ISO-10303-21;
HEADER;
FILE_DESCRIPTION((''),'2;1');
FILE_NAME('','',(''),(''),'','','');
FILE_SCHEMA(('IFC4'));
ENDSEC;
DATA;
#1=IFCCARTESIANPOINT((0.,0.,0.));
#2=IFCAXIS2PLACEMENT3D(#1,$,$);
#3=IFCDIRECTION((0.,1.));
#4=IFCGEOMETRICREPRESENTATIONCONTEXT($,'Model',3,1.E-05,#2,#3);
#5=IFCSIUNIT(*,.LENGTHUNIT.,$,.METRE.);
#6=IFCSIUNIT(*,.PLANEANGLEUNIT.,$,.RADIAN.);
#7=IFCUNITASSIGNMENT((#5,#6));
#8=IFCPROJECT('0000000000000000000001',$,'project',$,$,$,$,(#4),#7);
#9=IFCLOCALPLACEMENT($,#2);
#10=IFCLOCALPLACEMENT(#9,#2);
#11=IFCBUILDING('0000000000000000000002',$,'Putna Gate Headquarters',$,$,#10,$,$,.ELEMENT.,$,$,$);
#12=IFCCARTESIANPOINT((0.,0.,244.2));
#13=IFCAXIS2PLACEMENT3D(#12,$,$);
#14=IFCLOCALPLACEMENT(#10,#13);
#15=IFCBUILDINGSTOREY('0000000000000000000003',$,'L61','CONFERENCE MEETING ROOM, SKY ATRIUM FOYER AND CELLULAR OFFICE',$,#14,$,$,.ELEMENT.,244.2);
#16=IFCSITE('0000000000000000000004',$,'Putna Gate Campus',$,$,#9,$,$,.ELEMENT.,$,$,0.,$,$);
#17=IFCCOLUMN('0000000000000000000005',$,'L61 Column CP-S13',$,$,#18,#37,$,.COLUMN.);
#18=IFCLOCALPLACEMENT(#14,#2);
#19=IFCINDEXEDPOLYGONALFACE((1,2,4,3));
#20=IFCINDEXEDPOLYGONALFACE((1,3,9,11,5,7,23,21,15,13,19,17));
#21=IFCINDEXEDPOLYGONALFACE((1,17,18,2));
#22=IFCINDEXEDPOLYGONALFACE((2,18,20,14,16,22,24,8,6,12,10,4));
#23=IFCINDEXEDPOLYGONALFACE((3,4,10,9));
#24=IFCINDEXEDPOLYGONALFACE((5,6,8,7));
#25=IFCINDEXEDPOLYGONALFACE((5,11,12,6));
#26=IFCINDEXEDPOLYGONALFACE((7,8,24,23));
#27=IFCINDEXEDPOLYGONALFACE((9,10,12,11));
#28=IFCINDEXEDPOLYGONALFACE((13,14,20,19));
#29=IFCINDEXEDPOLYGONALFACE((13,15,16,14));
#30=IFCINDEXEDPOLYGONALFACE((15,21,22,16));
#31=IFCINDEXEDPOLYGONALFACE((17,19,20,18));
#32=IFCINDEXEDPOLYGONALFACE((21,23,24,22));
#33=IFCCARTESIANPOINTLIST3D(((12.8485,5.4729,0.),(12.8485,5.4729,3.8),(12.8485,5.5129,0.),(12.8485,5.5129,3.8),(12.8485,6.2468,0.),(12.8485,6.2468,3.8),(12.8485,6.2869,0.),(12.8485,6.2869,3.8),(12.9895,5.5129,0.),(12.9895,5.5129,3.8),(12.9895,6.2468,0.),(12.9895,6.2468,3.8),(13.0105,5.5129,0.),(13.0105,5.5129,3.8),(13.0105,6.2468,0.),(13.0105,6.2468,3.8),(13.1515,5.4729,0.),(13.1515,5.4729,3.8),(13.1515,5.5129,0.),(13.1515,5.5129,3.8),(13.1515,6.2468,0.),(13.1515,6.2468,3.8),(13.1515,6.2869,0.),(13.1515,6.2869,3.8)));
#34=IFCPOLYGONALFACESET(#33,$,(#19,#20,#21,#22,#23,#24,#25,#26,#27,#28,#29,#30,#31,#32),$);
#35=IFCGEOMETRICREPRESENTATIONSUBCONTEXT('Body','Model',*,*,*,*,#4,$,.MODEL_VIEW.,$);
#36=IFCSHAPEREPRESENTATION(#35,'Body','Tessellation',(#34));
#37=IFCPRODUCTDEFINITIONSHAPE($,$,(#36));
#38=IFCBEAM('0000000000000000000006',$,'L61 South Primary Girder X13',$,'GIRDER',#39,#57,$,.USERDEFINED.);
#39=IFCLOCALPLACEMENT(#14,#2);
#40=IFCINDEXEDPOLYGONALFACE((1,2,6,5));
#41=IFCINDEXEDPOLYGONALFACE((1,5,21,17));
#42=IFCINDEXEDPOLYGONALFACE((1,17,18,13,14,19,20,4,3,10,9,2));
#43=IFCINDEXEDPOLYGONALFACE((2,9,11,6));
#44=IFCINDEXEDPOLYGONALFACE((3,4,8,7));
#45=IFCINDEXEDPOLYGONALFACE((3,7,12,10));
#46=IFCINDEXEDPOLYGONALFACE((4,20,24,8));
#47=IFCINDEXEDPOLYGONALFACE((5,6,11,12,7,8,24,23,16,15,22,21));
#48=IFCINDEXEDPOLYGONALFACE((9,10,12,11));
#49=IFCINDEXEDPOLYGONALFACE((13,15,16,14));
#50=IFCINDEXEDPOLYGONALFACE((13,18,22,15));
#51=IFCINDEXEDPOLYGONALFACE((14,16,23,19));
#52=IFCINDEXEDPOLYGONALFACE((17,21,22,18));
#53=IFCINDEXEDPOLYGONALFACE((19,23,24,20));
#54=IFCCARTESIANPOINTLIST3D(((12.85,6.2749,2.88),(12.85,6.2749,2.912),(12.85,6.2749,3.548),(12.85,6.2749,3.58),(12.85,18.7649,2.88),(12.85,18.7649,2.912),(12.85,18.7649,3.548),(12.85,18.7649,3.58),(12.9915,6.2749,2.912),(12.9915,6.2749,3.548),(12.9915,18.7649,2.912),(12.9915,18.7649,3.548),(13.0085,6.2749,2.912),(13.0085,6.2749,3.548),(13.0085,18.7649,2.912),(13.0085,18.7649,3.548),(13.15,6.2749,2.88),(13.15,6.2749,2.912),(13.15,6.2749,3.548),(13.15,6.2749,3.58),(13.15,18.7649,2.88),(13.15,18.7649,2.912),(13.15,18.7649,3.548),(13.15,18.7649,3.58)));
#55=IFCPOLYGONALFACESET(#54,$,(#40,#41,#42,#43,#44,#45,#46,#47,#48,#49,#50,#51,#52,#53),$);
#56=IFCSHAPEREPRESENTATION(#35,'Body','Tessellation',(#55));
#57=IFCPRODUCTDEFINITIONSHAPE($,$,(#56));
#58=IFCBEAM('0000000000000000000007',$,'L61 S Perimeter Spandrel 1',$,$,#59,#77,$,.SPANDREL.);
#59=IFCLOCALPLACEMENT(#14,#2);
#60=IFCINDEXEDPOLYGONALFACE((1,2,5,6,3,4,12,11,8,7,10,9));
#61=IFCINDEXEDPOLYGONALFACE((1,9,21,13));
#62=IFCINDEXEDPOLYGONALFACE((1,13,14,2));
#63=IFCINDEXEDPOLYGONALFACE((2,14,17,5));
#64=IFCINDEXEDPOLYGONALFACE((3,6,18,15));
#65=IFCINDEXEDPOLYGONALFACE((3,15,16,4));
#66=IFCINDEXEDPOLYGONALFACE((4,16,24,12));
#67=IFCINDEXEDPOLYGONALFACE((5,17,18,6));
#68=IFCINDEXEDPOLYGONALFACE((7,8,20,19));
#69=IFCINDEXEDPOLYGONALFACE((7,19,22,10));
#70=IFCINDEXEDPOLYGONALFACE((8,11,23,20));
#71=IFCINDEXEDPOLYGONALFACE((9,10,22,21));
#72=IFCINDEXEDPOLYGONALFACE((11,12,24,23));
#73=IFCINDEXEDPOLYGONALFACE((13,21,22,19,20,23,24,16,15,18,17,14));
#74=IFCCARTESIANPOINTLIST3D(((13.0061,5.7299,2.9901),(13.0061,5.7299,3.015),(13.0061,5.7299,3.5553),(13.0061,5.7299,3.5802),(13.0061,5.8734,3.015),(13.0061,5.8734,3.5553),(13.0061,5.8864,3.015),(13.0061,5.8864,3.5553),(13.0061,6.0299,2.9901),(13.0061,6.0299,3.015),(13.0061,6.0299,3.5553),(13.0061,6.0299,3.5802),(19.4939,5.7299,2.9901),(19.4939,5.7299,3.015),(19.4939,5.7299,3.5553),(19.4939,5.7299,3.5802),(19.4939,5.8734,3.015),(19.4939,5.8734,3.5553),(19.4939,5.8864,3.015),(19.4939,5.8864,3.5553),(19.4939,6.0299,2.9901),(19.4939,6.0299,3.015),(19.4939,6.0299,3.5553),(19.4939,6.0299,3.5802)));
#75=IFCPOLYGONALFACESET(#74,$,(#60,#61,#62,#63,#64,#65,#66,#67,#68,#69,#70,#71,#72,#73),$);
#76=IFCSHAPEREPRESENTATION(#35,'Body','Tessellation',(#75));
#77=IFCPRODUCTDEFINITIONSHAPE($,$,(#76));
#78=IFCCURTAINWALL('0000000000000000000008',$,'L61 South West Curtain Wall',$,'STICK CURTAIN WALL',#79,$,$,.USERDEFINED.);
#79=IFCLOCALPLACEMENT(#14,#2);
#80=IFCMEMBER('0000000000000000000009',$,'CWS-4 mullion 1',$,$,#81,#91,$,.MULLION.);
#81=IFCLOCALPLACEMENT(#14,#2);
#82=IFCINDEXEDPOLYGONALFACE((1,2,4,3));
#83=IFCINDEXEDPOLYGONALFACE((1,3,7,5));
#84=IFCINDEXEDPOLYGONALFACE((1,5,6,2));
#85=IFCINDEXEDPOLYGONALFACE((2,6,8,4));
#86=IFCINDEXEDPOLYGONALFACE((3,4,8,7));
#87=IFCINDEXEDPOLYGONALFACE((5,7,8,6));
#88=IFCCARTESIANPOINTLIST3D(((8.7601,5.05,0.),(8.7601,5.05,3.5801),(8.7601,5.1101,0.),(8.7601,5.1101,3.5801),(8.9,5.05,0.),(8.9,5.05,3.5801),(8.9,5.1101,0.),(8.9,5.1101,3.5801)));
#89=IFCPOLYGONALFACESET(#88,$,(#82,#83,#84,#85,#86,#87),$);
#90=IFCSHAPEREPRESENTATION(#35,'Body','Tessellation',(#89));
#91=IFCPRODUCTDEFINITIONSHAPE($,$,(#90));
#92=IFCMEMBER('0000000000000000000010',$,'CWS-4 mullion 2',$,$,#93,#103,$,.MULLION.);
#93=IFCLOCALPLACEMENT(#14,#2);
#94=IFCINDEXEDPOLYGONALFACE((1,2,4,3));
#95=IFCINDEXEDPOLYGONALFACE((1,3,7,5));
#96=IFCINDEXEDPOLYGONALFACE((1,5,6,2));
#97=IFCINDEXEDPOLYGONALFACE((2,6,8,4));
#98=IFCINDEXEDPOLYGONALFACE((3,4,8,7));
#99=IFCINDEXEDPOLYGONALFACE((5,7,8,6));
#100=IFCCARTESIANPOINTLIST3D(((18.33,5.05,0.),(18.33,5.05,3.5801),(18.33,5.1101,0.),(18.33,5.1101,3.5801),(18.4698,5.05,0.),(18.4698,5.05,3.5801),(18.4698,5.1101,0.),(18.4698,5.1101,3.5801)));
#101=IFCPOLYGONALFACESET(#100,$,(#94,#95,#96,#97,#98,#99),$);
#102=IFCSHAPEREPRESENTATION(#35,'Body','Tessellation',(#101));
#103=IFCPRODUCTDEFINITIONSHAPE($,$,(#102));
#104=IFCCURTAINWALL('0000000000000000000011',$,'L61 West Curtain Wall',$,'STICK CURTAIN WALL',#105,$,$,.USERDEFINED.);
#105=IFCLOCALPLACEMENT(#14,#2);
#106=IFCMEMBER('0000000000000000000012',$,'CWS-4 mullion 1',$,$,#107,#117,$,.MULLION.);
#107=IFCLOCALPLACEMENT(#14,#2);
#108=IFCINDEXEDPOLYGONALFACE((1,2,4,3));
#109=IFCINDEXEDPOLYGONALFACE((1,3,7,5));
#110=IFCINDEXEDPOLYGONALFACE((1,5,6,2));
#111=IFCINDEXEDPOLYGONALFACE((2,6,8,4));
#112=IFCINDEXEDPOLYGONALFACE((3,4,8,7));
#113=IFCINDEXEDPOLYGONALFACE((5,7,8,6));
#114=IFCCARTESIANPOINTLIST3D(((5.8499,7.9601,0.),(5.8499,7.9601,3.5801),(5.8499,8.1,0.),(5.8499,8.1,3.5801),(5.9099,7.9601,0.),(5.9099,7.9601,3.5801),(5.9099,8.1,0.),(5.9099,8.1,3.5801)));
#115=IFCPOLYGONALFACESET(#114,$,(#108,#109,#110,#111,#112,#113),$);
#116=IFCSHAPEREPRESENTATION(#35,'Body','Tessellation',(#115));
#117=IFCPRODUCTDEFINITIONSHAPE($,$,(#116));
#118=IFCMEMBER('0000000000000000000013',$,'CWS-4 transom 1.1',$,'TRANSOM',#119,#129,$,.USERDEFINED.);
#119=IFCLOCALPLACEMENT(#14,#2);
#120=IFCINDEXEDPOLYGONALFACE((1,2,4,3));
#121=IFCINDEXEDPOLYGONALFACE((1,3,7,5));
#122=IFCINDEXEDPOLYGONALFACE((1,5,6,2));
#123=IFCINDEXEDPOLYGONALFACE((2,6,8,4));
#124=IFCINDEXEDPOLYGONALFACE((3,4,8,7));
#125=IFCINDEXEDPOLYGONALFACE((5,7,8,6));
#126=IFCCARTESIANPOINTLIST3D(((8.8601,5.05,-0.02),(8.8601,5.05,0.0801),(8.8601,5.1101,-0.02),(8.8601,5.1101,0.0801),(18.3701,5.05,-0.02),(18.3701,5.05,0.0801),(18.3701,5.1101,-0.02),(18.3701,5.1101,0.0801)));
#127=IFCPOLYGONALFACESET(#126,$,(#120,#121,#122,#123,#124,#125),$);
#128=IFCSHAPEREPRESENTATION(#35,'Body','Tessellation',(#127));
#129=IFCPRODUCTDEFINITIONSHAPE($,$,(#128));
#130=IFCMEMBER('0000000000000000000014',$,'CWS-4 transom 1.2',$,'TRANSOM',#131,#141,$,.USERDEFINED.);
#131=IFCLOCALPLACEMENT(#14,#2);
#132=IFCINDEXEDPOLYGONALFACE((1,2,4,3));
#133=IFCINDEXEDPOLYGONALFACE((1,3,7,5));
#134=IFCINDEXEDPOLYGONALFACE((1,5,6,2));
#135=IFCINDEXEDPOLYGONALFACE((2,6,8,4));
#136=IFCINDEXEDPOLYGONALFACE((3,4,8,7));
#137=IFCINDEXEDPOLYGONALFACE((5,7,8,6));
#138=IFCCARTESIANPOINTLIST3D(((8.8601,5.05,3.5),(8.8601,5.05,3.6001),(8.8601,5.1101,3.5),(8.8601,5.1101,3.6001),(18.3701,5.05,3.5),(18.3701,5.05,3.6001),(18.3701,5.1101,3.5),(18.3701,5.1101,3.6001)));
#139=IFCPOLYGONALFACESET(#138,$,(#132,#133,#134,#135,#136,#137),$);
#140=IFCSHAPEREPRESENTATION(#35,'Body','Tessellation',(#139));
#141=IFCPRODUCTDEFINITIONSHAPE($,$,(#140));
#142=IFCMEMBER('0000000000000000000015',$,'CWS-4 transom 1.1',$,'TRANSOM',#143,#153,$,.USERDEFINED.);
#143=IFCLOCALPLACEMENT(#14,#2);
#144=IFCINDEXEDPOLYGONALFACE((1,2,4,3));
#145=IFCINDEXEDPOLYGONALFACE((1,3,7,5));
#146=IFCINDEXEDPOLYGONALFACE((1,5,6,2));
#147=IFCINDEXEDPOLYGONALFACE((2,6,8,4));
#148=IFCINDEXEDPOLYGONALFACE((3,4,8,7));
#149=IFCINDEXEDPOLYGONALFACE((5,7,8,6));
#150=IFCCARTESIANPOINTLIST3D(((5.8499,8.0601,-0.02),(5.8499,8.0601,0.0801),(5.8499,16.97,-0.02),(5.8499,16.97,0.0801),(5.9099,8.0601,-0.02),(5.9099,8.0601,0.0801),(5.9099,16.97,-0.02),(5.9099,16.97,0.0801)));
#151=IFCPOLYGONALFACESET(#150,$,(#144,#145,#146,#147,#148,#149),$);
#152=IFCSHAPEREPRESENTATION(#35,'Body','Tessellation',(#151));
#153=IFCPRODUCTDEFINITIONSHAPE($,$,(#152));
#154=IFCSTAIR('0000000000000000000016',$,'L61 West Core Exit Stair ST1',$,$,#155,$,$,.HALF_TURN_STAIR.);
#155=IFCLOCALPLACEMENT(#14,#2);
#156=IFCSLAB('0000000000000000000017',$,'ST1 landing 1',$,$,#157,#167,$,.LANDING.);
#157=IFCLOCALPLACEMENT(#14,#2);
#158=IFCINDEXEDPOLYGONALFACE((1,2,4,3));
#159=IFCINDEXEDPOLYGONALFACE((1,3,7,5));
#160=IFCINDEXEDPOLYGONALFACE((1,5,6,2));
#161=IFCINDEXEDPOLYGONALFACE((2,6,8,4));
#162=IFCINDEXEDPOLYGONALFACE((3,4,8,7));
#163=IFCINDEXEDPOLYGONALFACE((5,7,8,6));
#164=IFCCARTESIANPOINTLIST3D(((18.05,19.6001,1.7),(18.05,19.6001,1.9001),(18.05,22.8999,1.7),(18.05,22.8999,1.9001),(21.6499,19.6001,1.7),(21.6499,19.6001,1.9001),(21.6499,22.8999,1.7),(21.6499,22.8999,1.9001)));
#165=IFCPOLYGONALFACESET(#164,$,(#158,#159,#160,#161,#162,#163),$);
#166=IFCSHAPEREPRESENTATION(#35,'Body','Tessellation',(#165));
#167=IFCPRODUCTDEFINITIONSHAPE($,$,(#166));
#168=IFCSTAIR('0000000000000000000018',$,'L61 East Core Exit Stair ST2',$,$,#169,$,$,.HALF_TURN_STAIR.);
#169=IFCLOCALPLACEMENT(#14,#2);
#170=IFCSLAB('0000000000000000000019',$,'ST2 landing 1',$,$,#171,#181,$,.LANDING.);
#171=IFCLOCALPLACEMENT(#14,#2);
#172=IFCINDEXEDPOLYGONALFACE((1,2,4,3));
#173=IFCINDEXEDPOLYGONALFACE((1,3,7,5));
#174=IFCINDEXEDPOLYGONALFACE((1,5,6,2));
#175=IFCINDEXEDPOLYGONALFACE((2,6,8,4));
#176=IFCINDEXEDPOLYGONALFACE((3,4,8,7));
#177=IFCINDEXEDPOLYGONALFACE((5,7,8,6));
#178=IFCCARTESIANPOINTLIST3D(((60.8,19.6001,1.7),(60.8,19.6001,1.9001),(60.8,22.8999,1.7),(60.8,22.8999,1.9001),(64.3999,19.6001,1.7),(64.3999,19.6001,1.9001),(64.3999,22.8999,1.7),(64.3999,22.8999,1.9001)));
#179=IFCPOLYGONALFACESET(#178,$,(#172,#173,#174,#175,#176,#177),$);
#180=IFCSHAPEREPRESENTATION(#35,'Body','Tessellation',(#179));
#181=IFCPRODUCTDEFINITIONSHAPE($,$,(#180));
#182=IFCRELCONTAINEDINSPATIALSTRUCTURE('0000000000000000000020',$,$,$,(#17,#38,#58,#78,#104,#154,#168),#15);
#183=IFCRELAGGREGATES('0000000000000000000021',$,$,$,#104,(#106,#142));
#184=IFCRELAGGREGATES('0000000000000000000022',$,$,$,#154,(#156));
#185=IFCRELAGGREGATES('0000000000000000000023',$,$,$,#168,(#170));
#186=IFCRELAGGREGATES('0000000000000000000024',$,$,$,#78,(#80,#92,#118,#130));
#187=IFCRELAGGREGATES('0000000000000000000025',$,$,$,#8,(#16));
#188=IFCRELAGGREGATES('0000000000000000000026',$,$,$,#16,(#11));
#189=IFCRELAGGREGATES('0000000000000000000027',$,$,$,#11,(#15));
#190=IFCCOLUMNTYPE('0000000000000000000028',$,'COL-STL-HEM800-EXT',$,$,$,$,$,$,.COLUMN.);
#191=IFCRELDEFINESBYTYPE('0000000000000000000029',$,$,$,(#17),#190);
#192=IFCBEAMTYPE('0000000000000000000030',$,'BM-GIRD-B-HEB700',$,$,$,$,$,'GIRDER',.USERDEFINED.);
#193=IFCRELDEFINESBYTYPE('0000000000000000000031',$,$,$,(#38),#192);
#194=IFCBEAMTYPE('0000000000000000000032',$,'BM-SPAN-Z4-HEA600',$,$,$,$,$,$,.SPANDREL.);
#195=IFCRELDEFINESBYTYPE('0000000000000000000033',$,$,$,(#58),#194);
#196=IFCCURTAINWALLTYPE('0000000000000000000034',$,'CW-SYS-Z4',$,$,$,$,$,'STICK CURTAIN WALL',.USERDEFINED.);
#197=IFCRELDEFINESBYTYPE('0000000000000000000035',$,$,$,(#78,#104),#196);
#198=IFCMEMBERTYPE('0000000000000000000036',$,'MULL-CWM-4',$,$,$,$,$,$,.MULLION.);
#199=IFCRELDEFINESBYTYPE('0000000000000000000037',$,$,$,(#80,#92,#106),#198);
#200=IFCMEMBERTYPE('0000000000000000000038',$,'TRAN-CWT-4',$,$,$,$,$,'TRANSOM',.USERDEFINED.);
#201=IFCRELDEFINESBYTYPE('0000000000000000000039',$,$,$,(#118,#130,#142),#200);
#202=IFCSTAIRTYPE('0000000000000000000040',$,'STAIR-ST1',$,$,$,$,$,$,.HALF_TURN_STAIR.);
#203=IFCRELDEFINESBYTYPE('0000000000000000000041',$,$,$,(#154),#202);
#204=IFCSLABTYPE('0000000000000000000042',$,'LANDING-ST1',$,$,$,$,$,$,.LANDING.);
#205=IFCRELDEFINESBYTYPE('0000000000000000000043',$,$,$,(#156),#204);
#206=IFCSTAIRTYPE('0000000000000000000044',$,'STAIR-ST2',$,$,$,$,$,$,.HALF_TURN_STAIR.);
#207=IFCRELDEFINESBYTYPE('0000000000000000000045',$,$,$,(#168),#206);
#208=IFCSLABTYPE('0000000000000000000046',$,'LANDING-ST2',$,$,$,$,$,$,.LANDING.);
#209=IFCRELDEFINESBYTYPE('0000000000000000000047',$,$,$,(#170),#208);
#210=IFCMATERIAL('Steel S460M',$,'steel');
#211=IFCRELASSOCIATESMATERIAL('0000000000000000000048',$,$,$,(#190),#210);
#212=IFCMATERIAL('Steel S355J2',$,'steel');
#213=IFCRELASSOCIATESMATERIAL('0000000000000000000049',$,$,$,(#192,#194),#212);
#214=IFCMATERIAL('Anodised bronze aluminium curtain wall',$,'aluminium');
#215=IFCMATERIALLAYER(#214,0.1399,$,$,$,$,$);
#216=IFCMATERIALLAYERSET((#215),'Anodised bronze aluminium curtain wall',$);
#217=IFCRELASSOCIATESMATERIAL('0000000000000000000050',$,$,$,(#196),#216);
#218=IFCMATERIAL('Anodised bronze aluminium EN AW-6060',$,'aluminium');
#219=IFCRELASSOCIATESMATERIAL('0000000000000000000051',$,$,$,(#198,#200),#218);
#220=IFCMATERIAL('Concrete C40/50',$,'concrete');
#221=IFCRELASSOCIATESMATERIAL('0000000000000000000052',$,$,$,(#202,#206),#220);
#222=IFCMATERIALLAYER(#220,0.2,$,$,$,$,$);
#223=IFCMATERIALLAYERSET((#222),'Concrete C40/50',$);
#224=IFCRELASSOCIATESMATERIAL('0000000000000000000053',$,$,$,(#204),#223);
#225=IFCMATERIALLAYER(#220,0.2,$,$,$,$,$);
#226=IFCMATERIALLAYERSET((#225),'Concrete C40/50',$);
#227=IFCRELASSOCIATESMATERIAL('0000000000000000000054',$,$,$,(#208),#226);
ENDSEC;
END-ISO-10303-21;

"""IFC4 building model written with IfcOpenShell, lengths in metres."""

from ifc_helpers import new_model, si_unit, direction, frame, origin, origin_2d, place, context, subcontext, project, spatial, polyline, rectangle, i_section, outline, extrude, material, layer, layer_set, material_profile, profile_set, type_object, element, aggregate, save


model = new_model("IFC4")

# Units and contexts
model_context = context("Model", 3, precision=1e-05, world=origin(), true_north=direction((0.0, 1.0)))
body_context = subcontext(model_context, "Body", "Model", "MODEL_VIEW")
ifc_project = project(units=[si_unit("LENGTHUNIT", "METRE"), si_unit("PLANEANGLEUNIT", "RADIAN")], contexts=[model_context])

# Site, building, storey
site_placement = place(None, origin())
site = spatial("IfcSite", under=ifc_project, at=site_placement, Name="Putna Gate Campus", CompositionType="ELEMENT", RefElevation=0.0)
building_placement = place(site_placement, origin())
building = spatial("IfcBuilding", under=site, at=building_placement, Name="Putna Gate Headquarters", CompositionType="ELEMENT")
storey_placement = place(building_placement, frame((0.0, 0.0, 244.2)))
storey = spatial("IfcBuildingStorey", under=building, at=storey_placement, Name="L61", Description="CONFERENCE MEETING ROOM, SKY ATRIUM FOYER AND CELLULAR OFFICE", CompositionType="ELEMENT", Elevation=244.2)

# Column
ifc_material_1 = material(Name="Steel S460M", Category="steel")
ifc_material_profile_1 = material_profile(ifc_material_1, i_section(OverallWidth=0.303, OverallDepth=0.814, WebThickness=0.021, FlangeThickness=0.04, at=origin_2d()), Name="Steel S460M")
ifc_profile_set_1 = profile_set([ifc_material_profile_1], Name="Steel S460M")
column_type = type_object("IfcColumnType", Name="COL-STL-HEM800-EXT", PredefinedType="COLUMN", material=ifc_profile_set_1)
column_placement = place(storey_placement, frame((13.0, 5.8799, 0.0), z_axis=(0.0, 0.0, 1.0), x_axis=(1.0, 0.0, 0.0)))
element("IfcColumn", 1, at=column_placement, inside=storey, type_object=column_type, Name="L61 Column CP-S13", PredefinedType="COLUMN", context=body_context, shape_type="SweptSolid", body=[
    extrude(i_section(OverallWidth=0.303, OverallDepth=0.814, WebThickness=0.021, FlangeThickness=0.04, at=origin_2d()), origin(), (0.0, 0.0, 1.0), 3.8),
])

# Beams
ifc_material_2 = material(Name="Steel S355J2", Category="steel")
ifc_material_profile_2 = material_profile(ifc_material_2, i_section(OverallWidth=0.3, OverallDepth=0.7, WebThickness=0.0171, FlangeThickness=0.032, at=origin_2d()), Name="Steel S355J2")
ifc_profile_set_2 = profile_set([ifc_material_profile_2], Name="Steel S355J2")
beam_type_1 = type_object("IfcBeamType", Name="BM-GIRD-B-HEB700", ElementType="GIRDER", PredefinedType="USERDEFINED", material=ifc_profile_set_2)
beam_1_placement = place(storey_placement, frame((13.0, 6.2749, 3.23), z_axis=(0.0, 1.0, 0.0), x_axis=(-1.0, 0.0, 0.0)))
element("IfcBeam", 2, at=beam_1_placement, inside=storey, type_object=beam_type_1, Name="L61 South Primary Girder X13", ObjectType="GIRDER", PredefinedType="USERDEFINED", context=body_context, shape_type="SweptSolid", body=[
    extrude(i_section(OverallWidth=0.3, OverallDepth=0.7, WebThickness=0.0171, FlangeThickness=0.032, at=origin_2d()), origin(), (0.0, 0.0, 1.0), 12.49),
])
ifc_material_profile_3 = material_profile(ifc_material_2, i_section(OverallWidth=0.3, OverallDepth=0.5901, WebThickness=0.0129, FlangeThickness=0.0249, at=origin_2d()), Name="Steel S355J2")
ifc_profile_set_3 = profile_set([ifc_material_profile_3], Name="Steel S355J2")
beam_type_2 = type_object("IfcBeamType", Name="BM-SPAN-Z4-HEA600", PredefinedType="SPANDREL", material=ifc_profile_set_3)
beam_2_placement = place(storey_placement, frame((13.0061, 5.8799, 3.2852), z_axis=(1.0, 0.0, 0.0), x_axis=(0.0, 1.0, 0.0)))
element("IfcBeam", 3, at=beam_2_placement, inside=storey, type_object=beam_type_2, Name="L61 S Perimeter Spandrel 1", PredefinedType="SPANDREL", context=body_context, shape_type="SweptSolid", body=[
    extrude(i_section(OverallWidth=0.3, OverallDepth=0.5901, WebThickness=0.0129, FlangeThickness=0.0249, at=origin_2d()), origin(), (0.0, 0.0, 1.0), 6.4878),
])

# Curtain wall, members
ifc_material_3 = material(Name="Anodised bronze aluminium curtain wall", Category="aluminium")
ifc_layer_1 = layer(ifc_material_3, 0.1399)
ifc_layer_set_1 = layer_set([ifc_layer_1], Name="Anodised bronze aluminium curtain wall")
curtain_wall_type = type_object("IfcCurtainWallType", Name="CW-SYS-Z4", ElementType="STICK CURTAIN WALL", PredefinedType="USERDEFINED", material=ifc_layer_set_1)
curtain_wall_1_placement = place(storey_placement, origin())
curtain_wall_1 = element("IfcCurtainWall", 4, at=curtain_wall_1_placement, inside=storey, type_object=curtain_wall_type, Name="L61 South West Curtain Wall", ObjectType="STICK CURTAIN WALL", PredefinedType="USERDEFINED")
ifc_material_4 = material(Name="Anodised bronze aluminium EN AW-6060", Category="aluminium")
ifc_material_profile_4 = material_profile(ifc_material_4, rectangle(XDim=0.0601, YDim=0.1399, at=origin_2d()), Name="Anodised bronze aluminium EN AW-6060")
ifc_profile_set_4 = profile_set([ifc_material_profile_4], Name="Anodised bronze aluminium EN AW-6060")
member_type_1 = type_object("IfcMemberType", Name="MULL-CWM-4", PredefinedType="MULLION", material=ifc_profile_set_4)
member_1_placement = place(storey_placement, frame((8.8301, 5.0801, 0.0), z_axis=(0.0, 0.0, 1.0), x_axis=(0.0, 1.0, 0.0)))
member_1 = element("IfcMember", 5, at=member_1_placement, type_object=member_type_1, Name="CWS-4 mullion 1", PredefinedType="MULLION", context=body_context, shape_type="SweptSolid", body=[
    extrude(rectangle(XDim=0.0601, YDim=0.1399, at=origin_2d()), origin(), (0.0, 0.0, 1.0), 3.5801),
])
member_2_placement = place(storey_placement, frame((18.3999, 5.0801, 0.0), z_axis=(0.0, 0.0, 1.0), x_axis=(0.0, 1.0, 0.0)))
member_2 = element("IfcMember", 6, at=member_2_placement, type_object=member_type_1, Name="CWS-4 mullion 2", PredefinedType="MULLION", context=body_context, shape_type="SweptSolid", body=[
    extrude(rectangle(XDim=0.0601, YDim=0.1399, at=origin_2d()), origin(), (0.0, 0.0, 1.0), 3.5801),
])

# Curtain wall, member
curtain_wall_2_placement = place(storey_placement, origin())
curtain_wall_2 = element("IfcCurtainWall", 7, at=curtain_wall_2_placement, inside=storey, type_object=curtain_wall_type, Name="L61 West Curtain Wall", ObjectType="STICK CURTAIN WALL", PredefinedType="USERDEFINED")
member_3_placement = place(storey_placement, frame((5.8799, 8.03, 0.0), z_axis=(0.0, 0.0, 1.0), x_axis=(-1.0, 0.0, 0.0)))
member_3 = element("IfcMember", 8, at=member_3_placement, type_object=member_type_1, Name="CWS-4 mullion 1", PredefinedType="MULLION", context=body_context, shape_type="SweptSolid", body=[
    extrude(rectangle(XDim=0.0601, YDim=0.1399, at=origin_2d()), origin(), (0.0, 0.0, 1.0), 3.5801),
])

# Members
ifc_material_profile_5 = material_profile(ifc_material_4, rectangle(XDim=0.0601, YDim=0.1001, at=origin_2d()), Name="Anodised bronze aluminium EN AW-6060")
ifc_profile_set_5 = profile_set([ifc_material_profile_5], Name="Anodised bronze aluminium EN AW-6060")
member_type_2 = type_object("IfcMemberType", Name="TRAN-CWT-4", ElementType="TRANSOM", PredefinedType="USERDEFINED", material=ifc_profile_set_5)
member_4_placement = place(storey_placement, frame((8.8601, 5.0801, 0.03), z_axis=(1.0, 0.0, 0.0), x_axis=(0.0, 1.0, 0.0)))
member_4 = element("IfcMember", 9, at=member_4_placement, type_object=member_type_2, Name="CWS-4 transom 1.1", ObjectType="TRANSOM", PredefinedType="USERDEFINED", context=body_context, shape_type="SweptSolid", body=[
    extrude(rectangle(XDim=0.0601, YDim=0.1001, at=origin_2d()), origin(), (0.0, 0.0, 1.0), 9.51),
])
member_5_placement = place(storey_placement, frame((8.8601, 5.0801, 3.55), z_axis=(1.0, 0.0, 0.0), x_axis=(0.0, 1.0, 0.0)))
member_5 = element("IfcMember", 10, at=member_5_placement, type_object=member_type_2, Name="CWS-4 transom 1.2", ObjectType="TRANSOM", PredefinedType="USERDEFINED", context=body_context, shape_type="SweptSolid", body=[
    extrude(rectangle(XDim=0.0601, YDim=0.1001, at=origin_2d()), origin(), (0.0, 0.0, 1.0), 9.51),
])
member_6_placement = place(storey_placement, frame((5.8799, 8.0601, 0.03), z_axis=(0.0, 1.0, 0.0), x_axis=(-1.0, 0.0, 0.0)))
member_6 = element("IfcMember", 11, at=member_6_placement, type_object=member_type_2, Name="CWS-4 transom 1.1", ObjectType="TRANSOM", PredefinedType="USERDEFINED", context=body_context, shape_type="SweptSolid", body=[
    extrude(rectangle(XDim=0.0601, YDim=0.1001, at=origin_2d()), origin(), (0.0, 0.0, 1.0), 8.9099),
])
aggregate(curtain_wall_2, [member_3, member_6])

# Stairs, slabs
ifc_material_5 = material(Name="Concrete C40/50", Category="concrete")
stair_type_1 = type_object("IfcStairType", Name="STAIR-ST1", PredefinedType="HALF_TURN_STAIR", material=ifc_material_5)
stair_1_placement = place(storey_placement, origin())
stair_1 = element("IfcStair", 12, at=stair_1_placement, inside=storey, type_object=stair_type_1, Name="L61 West Core Exit Stair ST1", PredefinedType="HALF_TURN_STAIR")
ifc_layer_2 = layer(ifc_material_5, 0.2)
ifc_layer_set_2 = layer_set([ifc_layer_2], Name="Concrete C40/50")
slab_type_1 = type_object("IfcSlabType", Name="LANDING-ST1", PredefinedType="LANDING", material=ifc_layer_set_2)
slab_1_placement = place(storey_placement, frame((0.0, 0.0, 1.7)))
slab_1 = element("IfcSlab", 13, at=slab_1_placement, type_object=slab_type_1, Name="ST1 landing 1", PredefinedType="LANDING", context=body_context, shape_type="SweptSolid", body=[
    extrude(outline(polyline([(18.05, 19.6001), (21.6499, 19.6001), (21.6499, 22.8999), (18.05, 22.8999), (18.05, 19.6001)])), origin(), (0.0, 0.0, 1.0), 0.2002),
])
aggregate(stair_1, [slab_1])
stair_type_2 = type_object("IfcStairType", Name="STAIR-ST2", PredefinedType="HALF_TURN_STAIR", material=ifc_material_5)
stair_2_placement = place(storey_placement, origin())
stair_2 = element("IfcStair", 14, at=stair_2_placement, inside=storey, type_object=stair_type_2, Name="L61 East Core Exit Stair ST2", PredefinedType="HALF_TURN_STAIR")
ifc_layer_3 = layer(ifc_material_5, 0.2)
ifc_layer_set_3 = layer_set([ifc_layer_3], Name="Concrete C40/50")
slab_type_2 = type_object("IfcSlabType", Name="LANDING-ST2", PredefinedType="LANDING", material=ifc_layer_set_3)
slab_2_placement = place(storey_placement, frame((0.0, 0.0, 1.7)))
slab_2 = element("IfcSlab", 15, at=slab_2_placement, type_object=slab_type_2, Name="ST2 landing 1", PredefinedType="LANDING", context=body_context, shape_type="SweptSolid", body=[
    extrude(outline(polyline([(60.8, 19.6001), (64.3999, 19.6001), (64.3999, 22.8999), (60.8, 22.8999), (60.8, 19.6001)])), origin(), (0.0, 0.0, 1.0), 0.2002),
])
aggregate(stair_2, [slab_2])

aggregate(curtain_wall_1, [member_1, member_2, member_4, member_5])

save(model, "model.ifc")
